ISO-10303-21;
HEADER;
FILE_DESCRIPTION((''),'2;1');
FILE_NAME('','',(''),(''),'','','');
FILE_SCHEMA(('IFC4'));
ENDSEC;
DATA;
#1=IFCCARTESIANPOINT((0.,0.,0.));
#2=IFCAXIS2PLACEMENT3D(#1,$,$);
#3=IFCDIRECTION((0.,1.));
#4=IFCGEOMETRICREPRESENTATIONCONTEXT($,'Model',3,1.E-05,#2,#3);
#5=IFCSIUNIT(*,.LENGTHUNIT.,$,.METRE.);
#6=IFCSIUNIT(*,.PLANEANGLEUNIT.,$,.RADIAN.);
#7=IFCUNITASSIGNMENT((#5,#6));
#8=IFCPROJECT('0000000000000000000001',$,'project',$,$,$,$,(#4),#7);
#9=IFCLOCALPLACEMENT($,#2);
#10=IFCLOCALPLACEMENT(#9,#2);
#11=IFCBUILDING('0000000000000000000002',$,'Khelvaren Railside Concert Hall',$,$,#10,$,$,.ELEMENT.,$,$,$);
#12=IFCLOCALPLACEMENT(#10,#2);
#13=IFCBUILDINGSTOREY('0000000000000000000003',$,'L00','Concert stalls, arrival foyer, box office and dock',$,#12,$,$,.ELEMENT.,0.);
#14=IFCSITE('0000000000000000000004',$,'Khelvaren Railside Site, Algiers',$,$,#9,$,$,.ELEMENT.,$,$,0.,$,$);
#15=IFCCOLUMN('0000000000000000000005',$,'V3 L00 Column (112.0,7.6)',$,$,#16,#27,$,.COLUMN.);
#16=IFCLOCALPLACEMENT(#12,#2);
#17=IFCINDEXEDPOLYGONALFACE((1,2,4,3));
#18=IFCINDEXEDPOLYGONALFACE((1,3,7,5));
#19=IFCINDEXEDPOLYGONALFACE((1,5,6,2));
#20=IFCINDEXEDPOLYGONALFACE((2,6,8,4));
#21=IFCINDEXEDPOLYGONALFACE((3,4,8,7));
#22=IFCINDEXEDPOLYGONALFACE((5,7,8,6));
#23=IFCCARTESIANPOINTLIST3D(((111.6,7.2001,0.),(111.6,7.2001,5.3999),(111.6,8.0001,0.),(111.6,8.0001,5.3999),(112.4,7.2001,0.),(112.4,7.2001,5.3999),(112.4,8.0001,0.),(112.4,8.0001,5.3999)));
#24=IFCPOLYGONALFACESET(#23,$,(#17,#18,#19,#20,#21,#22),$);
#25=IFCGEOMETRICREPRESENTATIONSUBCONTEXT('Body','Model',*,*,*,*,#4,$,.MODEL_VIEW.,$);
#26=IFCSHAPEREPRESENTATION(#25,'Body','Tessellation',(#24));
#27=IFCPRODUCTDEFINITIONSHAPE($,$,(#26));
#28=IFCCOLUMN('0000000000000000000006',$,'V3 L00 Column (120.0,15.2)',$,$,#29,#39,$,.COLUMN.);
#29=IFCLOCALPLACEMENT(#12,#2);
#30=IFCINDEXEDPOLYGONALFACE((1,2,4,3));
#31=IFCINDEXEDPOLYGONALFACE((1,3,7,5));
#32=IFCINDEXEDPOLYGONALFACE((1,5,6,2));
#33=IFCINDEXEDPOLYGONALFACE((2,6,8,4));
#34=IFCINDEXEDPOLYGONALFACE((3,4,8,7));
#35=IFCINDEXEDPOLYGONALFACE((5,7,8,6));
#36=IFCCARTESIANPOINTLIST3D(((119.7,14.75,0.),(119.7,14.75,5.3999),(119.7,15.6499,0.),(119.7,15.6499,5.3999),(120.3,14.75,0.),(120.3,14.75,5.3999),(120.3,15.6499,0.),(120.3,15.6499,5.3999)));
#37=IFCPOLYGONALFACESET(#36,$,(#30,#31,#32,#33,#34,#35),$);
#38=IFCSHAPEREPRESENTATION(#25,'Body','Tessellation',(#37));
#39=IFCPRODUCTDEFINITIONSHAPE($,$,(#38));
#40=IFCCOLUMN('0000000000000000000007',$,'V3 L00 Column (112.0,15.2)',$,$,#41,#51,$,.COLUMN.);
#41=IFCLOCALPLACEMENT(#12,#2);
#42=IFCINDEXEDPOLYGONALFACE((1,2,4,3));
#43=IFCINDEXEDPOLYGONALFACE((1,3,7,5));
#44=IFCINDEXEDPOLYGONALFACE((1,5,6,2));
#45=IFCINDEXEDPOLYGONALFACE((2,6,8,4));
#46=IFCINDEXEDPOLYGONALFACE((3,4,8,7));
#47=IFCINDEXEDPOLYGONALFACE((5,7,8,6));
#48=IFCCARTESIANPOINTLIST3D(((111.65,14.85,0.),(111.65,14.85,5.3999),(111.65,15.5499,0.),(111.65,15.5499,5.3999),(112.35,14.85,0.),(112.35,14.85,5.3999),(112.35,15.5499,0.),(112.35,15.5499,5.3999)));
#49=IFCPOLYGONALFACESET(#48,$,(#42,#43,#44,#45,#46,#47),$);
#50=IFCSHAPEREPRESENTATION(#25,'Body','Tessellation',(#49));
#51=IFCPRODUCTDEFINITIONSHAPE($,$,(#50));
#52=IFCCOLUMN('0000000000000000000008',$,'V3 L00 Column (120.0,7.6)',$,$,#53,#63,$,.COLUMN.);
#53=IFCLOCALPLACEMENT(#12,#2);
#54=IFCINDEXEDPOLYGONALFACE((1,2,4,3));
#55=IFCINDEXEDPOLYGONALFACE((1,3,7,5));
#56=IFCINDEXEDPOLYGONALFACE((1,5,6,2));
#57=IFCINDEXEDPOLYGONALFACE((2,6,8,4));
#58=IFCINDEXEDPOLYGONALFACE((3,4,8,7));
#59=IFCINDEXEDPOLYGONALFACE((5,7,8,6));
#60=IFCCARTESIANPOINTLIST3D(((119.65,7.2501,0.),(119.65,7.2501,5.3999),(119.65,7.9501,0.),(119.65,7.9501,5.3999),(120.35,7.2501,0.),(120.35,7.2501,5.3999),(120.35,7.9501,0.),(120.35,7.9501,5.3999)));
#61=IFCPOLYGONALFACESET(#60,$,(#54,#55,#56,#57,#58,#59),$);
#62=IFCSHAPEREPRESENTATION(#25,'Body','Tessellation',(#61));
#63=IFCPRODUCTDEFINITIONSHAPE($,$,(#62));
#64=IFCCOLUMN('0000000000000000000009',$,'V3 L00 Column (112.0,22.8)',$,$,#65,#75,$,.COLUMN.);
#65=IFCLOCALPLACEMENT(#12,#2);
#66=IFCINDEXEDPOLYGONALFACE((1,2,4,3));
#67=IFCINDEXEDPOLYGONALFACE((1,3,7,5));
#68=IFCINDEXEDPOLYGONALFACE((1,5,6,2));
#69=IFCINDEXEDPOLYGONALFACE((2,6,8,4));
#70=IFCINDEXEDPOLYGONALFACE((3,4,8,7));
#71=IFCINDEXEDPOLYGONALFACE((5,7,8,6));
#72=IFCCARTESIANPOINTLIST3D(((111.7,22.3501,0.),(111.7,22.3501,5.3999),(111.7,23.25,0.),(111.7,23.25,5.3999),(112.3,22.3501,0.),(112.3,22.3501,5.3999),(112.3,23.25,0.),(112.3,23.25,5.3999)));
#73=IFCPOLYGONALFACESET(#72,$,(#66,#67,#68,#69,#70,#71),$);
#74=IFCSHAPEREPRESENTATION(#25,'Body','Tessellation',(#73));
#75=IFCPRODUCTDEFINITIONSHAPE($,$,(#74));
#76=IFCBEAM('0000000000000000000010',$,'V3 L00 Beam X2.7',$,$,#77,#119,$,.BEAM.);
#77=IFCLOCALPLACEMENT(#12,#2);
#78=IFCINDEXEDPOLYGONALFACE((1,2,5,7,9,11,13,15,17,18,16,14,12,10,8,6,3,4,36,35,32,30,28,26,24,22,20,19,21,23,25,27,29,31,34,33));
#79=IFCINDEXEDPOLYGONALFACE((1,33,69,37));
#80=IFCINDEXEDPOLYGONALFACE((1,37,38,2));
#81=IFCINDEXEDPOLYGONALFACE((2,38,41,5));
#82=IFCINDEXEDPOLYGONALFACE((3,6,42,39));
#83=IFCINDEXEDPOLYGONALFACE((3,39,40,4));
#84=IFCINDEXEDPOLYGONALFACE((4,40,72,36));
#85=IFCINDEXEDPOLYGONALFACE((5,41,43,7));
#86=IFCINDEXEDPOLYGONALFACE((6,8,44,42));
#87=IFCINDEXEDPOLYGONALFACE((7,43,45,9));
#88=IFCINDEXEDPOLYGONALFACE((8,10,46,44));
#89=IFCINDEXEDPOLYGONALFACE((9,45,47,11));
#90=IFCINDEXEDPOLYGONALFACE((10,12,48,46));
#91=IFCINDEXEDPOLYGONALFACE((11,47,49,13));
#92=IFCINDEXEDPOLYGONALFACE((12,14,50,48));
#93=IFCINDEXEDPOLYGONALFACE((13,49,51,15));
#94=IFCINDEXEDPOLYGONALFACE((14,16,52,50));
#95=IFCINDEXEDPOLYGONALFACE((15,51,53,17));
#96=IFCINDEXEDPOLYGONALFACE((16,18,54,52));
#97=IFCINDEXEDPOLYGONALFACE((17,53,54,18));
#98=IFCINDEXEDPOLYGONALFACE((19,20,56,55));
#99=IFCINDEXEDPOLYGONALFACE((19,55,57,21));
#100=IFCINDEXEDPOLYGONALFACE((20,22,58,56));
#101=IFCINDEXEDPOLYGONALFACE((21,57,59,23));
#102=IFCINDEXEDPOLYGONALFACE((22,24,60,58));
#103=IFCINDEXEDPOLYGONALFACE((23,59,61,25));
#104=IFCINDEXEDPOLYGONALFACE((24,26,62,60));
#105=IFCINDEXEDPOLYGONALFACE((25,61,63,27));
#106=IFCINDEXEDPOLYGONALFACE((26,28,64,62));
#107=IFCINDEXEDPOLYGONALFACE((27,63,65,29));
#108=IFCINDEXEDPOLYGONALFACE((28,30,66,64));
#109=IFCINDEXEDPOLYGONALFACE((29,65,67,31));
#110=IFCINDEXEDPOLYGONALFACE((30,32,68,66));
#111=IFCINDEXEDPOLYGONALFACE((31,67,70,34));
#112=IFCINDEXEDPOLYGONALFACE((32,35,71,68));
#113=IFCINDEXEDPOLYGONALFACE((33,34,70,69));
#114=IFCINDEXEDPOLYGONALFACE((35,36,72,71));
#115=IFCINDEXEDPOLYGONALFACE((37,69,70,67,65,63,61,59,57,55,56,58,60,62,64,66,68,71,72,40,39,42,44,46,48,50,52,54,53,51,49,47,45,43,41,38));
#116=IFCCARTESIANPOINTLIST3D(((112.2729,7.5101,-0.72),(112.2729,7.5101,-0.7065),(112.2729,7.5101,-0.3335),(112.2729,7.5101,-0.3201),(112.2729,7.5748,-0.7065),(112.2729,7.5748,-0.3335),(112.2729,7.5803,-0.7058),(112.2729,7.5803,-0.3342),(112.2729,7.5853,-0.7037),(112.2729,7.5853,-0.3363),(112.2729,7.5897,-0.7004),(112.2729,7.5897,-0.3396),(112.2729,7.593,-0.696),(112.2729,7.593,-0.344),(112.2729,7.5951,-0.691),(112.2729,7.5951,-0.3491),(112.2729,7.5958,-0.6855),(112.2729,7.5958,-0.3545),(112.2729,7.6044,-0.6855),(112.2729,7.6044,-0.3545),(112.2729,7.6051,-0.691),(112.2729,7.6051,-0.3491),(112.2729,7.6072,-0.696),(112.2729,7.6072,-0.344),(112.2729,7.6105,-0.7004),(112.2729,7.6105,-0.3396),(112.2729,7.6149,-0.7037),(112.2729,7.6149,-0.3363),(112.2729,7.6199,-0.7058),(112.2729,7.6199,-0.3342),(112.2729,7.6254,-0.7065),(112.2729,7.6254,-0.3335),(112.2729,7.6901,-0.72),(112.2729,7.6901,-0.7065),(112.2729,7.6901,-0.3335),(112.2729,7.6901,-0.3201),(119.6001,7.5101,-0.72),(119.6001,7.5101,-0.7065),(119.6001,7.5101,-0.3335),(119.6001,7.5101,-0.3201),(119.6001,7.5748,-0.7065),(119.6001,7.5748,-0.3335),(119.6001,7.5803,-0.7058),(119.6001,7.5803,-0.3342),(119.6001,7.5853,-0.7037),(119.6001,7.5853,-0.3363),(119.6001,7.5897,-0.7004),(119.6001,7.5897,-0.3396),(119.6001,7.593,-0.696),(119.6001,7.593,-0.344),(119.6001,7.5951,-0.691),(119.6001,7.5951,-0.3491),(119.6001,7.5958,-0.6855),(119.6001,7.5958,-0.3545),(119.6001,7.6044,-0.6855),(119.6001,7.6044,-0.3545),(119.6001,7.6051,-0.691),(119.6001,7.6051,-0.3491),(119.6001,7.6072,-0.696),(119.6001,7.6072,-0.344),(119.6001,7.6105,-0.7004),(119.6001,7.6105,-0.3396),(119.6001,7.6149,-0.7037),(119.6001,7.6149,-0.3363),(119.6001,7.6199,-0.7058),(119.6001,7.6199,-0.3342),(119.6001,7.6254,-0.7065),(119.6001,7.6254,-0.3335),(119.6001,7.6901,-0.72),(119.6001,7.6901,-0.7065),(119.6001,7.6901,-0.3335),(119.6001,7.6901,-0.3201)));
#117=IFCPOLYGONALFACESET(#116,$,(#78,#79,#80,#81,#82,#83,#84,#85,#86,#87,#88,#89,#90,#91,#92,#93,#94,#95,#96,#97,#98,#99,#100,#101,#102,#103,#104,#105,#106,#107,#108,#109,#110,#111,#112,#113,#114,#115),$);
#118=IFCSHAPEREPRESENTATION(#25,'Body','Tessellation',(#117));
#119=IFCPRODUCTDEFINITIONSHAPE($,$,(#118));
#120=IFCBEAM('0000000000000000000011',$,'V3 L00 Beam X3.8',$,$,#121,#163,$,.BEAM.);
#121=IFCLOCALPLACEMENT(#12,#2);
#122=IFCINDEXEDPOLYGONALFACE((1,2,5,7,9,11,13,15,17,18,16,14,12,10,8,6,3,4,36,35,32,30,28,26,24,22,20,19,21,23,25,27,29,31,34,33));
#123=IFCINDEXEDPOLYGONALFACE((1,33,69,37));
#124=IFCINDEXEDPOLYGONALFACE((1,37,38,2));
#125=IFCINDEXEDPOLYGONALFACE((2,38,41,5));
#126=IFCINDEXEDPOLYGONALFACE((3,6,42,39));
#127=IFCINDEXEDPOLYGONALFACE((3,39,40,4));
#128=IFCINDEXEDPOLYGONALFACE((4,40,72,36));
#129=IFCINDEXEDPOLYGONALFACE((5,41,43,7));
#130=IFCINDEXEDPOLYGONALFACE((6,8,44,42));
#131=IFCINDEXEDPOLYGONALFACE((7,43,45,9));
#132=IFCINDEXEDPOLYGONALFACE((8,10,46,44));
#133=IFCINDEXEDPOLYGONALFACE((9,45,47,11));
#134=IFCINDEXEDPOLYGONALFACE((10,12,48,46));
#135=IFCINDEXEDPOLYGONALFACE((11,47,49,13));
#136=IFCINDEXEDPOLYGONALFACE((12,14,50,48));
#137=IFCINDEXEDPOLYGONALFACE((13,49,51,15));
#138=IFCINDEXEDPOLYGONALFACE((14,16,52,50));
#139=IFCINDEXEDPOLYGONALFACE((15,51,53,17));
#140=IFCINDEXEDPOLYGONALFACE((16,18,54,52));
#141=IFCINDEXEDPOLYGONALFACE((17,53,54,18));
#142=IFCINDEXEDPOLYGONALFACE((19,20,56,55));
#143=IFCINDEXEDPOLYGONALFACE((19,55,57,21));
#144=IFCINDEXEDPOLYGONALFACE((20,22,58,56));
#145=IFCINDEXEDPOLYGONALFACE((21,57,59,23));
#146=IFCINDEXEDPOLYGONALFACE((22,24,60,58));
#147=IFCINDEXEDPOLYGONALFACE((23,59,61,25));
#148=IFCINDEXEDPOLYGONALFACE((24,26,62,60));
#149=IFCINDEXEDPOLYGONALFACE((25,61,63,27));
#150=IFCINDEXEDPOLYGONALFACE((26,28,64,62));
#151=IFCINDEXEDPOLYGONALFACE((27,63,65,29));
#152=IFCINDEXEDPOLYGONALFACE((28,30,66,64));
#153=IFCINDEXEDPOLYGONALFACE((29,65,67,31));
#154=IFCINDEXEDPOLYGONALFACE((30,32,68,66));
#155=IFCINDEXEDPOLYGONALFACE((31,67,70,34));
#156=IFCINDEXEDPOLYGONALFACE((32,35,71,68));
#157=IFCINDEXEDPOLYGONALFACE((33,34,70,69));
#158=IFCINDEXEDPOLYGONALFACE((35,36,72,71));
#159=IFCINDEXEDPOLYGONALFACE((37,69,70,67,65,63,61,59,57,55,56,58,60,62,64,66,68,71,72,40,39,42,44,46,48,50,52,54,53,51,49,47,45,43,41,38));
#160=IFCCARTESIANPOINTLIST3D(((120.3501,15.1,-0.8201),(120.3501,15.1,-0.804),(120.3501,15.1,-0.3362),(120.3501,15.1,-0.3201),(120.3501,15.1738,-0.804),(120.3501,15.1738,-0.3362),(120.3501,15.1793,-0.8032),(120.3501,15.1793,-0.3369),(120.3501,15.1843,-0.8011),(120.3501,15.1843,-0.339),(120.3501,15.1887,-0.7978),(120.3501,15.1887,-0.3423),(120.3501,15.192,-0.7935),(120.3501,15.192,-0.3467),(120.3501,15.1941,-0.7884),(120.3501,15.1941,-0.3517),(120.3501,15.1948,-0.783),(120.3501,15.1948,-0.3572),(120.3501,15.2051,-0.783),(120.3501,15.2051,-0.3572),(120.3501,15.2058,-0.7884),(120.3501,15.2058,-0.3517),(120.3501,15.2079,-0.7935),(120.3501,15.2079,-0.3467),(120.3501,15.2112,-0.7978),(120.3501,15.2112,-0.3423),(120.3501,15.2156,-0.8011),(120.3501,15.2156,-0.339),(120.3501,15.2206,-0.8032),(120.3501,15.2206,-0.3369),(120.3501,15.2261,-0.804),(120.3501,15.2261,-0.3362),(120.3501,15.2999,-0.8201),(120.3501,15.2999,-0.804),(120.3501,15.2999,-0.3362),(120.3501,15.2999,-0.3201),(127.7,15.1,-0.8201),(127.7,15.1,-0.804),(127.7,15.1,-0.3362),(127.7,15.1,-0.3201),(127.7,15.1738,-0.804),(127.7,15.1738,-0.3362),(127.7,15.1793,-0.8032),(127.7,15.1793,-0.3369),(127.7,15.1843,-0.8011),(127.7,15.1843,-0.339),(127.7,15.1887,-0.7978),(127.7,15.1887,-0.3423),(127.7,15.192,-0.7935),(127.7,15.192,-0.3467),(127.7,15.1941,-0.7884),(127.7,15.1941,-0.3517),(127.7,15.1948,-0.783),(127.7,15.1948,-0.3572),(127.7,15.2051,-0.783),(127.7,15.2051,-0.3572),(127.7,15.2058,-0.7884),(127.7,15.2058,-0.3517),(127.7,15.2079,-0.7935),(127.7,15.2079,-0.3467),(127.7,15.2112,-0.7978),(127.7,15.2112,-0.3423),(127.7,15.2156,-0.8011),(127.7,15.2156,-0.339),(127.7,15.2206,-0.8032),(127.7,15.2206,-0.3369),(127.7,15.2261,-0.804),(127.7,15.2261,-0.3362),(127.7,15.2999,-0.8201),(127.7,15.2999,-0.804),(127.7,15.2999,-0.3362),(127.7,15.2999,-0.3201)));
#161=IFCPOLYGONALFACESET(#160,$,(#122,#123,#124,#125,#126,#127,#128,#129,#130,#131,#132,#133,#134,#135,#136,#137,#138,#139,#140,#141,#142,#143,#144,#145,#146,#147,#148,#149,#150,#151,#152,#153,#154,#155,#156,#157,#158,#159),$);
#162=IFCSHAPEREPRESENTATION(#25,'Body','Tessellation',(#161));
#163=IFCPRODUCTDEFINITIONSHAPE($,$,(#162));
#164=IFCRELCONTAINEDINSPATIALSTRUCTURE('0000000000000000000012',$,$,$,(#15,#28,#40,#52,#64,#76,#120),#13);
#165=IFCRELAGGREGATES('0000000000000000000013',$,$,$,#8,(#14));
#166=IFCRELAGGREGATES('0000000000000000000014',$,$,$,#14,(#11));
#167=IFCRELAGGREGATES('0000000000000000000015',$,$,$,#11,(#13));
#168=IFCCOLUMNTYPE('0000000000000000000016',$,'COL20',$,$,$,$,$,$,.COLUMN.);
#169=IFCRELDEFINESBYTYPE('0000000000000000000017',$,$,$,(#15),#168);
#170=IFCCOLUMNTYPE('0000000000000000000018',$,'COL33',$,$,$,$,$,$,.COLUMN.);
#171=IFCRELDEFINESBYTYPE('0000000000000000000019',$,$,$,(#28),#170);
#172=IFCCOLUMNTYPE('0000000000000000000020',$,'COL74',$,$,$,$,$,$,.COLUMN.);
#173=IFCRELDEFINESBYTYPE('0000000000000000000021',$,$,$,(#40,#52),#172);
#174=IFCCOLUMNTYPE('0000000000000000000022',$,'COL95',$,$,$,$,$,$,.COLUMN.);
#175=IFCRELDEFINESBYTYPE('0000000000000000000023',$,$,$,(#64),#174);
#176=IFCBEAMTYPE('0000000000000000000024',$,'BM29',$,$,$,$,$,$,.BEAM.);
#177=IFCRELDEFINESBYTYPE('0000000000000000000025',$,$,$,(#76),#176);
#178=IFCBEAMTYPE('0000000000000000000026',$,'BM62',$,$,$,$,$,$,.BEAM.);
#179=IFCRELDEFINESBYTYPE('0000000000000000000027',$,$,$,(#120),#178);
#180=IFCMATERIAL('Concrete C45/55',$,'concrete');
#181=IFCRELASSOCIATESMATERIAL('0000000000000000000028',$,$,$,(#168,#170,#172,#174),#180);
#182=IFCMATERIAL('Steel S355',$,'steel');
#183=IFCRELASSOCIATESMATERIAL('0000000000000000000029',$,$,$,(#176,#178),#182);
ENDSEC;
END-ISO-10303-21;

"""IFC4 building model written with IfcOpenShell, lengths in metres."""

from ifc_helpers import new_model, si_unit, direction, frame, origin, origin_2d, place, context, subcontext, project, spatial, rectangle, i_section, extrude, material, material_profile, profile_set, type_object, element, save


model = new_model("IFC4")

# Units and contexts
model_context = context("Model", 3, precision=1e-05, world=origin(), true_north=direction((0.0, 1.0)))
body_context = subcontext(model_context, "Body", "Model", "MODEL_VIEW")
ifc_project = project(units=[si_unit("LENGTHUNIT", "METRE"), si_unit("PLANEANGLEUNIT", "RADIAN")], contexts=[model_context])

# Site, building, storey
site_placement = place(None, origin())
site = spatial("IfcSite", under=ifc_project, at=site_placement, Name="Khelvaren Railside Site, Algiers", CompositionType="ELEMENT", RefElevation=0.0)
building_placement = place(site_placement, origin())
building = spatial("IfcBuilding", under=site, at=building_placement, Name="Khelvaren Railside Concert Hall", CompositionType="ELEMENT")
storey_placement = place(building_placement, origin())
storey = spatial("IfcBuildingStorey", under=building, at=storey_placement, Name="L00", Description="Concert stalls, arrival foyer, box office and dock", CompositionType="ELEMENT", Elevation=0.0)

# Columns
ifc_material_1 = material(Name="Concrete C45/55", Category="concrete")
ifc_material_profile_1 = material_profile(ifc_material_1, rectangle(XDim=0.8, YDim=0.8, at=origin_2d()), Name="RC 800x800")
ifc_profile_set_1 = profile_set([ifc_material_profile_1], Name="Concrete C45/55")
column_type_1 = type_object("IfcColumnType", Name="COL20", PredefinedType="COLUMN", material=ifc_profile_set_1)
column_1_placement = place(storey_placement, frame((112.0, 7.6001, 0.0), z_axis=(0.0, 0.0, 1.0), x_axis=(1.0, 0.0, 0.0)))
element("IfcColumn", 1, at=column_1_placement, inside=storey, type_object=column_type_1, Name="V3 L00 Column (112.0,7.6)", PredefinedType="COLUMN", context=body_context, shape_type="SweptSolid", body=[
    extrude(rectangle(XDim=0.8, YDim=0.8, at=origin_2d()), origin(), (0.0, 0.0, 1.0), 5.3999),
])
ifc_material_profile_2 = material_profile(ifc_material_1, rectangle(XDim=0.6001, YDim=0.8999, at=origin_2d()), Name="RC 600x900")
ifc_profile_set_2 = profile_set([ifc_material_profile_2], Name="Concrete C45/55")
column_type_2 = type_object("IfcColumnType", Name="COL33", PredefinedType="COLUMN", material=ifc_profile_set_2)
column_2_placement = place(storey_placement, frame((120.0, 15.2, 0.0), z_axis=(0.0, 0.0, 1.0), x_axis=(1.0, 0.0, 0.0)))
element("IfcColumn", 2, at=column_2_placement, inside=storey, type_object=column_type_2, Name="V3 L00 Column (120.0,15.2)", PredefinedType="COLUMN", context=body_context, shape_type="SweptSolid", body=[
    extrude(rectangle(XDim=0.6001, YDim=0.8999, at=origin_2d()), origin(), (0.0, 0.0, 1.0), 5.3999),
])
ifc_material_profile_3 = material_profile(ifc_material_1, rectangle(XDim=0.7, YDim=0.7, at=origin_2d()), Name="RC 700x700")
ifc_profile_set_3 = profile_set([ifc_material_profile_3], Name="Concrete C45/55")
column_type_3 = type_object("IfcColumnType", Name="COL74", PredefinedType="COLUMN", material=ifc_profile_set_3)
for number, where, z_axis, x_axis, name in (
    (3, (112.0, 15.2, 0.0), (0.0, 0.0, 1.0), (1.0, 0.0, 0.0), "V3 L00 Column (112.0,15.2)"),
    (4, (120.0, 7.6001, 0.0), (0.0, 0.0, 1.0), (1.0, 0.0, 0.0), "V3 L00 Column (120.0,7.6)"),
):
    element("IfcColumn", number, at=place(storey_placement, frame(where, z_axis=z_axis, x_axis=x_axis)), inside=storey, type_object=column_type_3, Name=name, PredefinedType="COLUMN", context=body_context, shape_type="SweptSolid", body=[
        extrude(rectangle(XDim=0.7, YDim=0.7, at=origin_2d()), origin(), (0.0, 0.0, 1.0), 5.3999),
    ])
ifc_material_profile_4 = material_profile(ifc_material_1, rectangle(XDim=0.6001, YDim=0.8999, at=origin_2d()), Name="RC 600x900")
ifc_profile_set_4 = profile_set([ifc_material_profile_4], Name="Concrete C45/55")
column_type_4 = type_object("IfcColumnType", Name="COL95", PredefinedType="COLUMN", material=ifc_profile_set_4)
column_3_placement = place(storey_placement, frame((112.0, 22.8, 0.0), z_axis=(0.0, 0.0, 1.0), x_axis=(1.0, 0.0, 0.0)))
element("IfcColumn", 5, at=column_3_placement, inside=storey, type_object=column_type_4, Name="V3 L00 Column (112.0,22.8)", PredefinedType="COLUMN", context=body_context, shape_type="SweptSolid", body=[
    extrude(rectangle(XDim=0.6001, YDim=0.8999, at=origin_2d()), origin(), (0.0, 0.0, 1.0), 5.3999),
])

# Beams
ifc_material_2 = material(Name="Steel S355", Category="steel")
ifc_material_profile_5 = material_profile(ifc_material_2, i_section(OverallWidth=0.1799, OverallDepth=0.3999, WebThickness=0.0085, FlangeThickness=0.0134, FilletRadius=0.021, at=origin_2d()), Name="IPE 400")
ifc_profile_set_5 = profile_set([ifc_material_profile_5], Name="Steel S355")
beam_type_1 = type_object("IfcBeamType", Name="BM29", PredefinedType="BEAM", material=ifc_profile_set_5)
beam_1_placement = place(storey_placement, frame((112.2729, 7.6001, -0.52), z_axis=(1.0, 0.0, 0.0), x_axis=(0.0, 1.0, 0.0)))
element("IfcBeam", 6, at=beam_1_placement, inside=storey, type_object=beam_type_1, Name="V3 L00 Beam X2.7", PredefinedType="BEAM", context=body_context, shape_type="SweptSolid", body=[
    extrude(i_section(OverallWidth=0.1799, OverallDepth=0.3999, WebThickness=0.0085, FlangeThickness=0.0134, FilletRadius=0.021, at=origin_2d()), origin(), (0.0, 0.0, 1.0), 7.3271),
])
ifc_material_profile_6 = material_profile(ifc_material_2, i_section(OverallWidth=0.2, OverallDepth=0.5, WebThickness=0.0103, FlangeThickness=0.0161, FilletRadius=0.021, at=origin_2d()), Name="IPE 500")
ifc_profile_set_6 = profile_set([ifc_material_profile_6], Name="Steel S355")
beam_type_2 = type_object("IfcBeamType", Name="BM62", PredefinedType="BEAM", material=ifc_profile_set_6)
beam_2_placement = place(storey_placement, frame((120.3501, 15.2, -0.5701), z_axis=(1.0, 0.0, 0.0), x_axis=(0.0, 1.0, 0.0)))
element("IfcBeam", 7, at=beam_2_placement, inside=storey, type_object=beam_type_2, Name="V3 L00 Beam X3.8", PredefinedType="BEAM", context=body_context, shape_type="SweptSolid", body=[
    extrude(i_section(OverallWidth=0.2, OverallDepth=0.5, WebThickness=0.0103, FlangeThickness=0.0161, FilletRadius=0.021, at=origin_2d()), origin(), (0.0, 0.0, 1.0), 7.3499),
])

save(model, "model.ifc")
